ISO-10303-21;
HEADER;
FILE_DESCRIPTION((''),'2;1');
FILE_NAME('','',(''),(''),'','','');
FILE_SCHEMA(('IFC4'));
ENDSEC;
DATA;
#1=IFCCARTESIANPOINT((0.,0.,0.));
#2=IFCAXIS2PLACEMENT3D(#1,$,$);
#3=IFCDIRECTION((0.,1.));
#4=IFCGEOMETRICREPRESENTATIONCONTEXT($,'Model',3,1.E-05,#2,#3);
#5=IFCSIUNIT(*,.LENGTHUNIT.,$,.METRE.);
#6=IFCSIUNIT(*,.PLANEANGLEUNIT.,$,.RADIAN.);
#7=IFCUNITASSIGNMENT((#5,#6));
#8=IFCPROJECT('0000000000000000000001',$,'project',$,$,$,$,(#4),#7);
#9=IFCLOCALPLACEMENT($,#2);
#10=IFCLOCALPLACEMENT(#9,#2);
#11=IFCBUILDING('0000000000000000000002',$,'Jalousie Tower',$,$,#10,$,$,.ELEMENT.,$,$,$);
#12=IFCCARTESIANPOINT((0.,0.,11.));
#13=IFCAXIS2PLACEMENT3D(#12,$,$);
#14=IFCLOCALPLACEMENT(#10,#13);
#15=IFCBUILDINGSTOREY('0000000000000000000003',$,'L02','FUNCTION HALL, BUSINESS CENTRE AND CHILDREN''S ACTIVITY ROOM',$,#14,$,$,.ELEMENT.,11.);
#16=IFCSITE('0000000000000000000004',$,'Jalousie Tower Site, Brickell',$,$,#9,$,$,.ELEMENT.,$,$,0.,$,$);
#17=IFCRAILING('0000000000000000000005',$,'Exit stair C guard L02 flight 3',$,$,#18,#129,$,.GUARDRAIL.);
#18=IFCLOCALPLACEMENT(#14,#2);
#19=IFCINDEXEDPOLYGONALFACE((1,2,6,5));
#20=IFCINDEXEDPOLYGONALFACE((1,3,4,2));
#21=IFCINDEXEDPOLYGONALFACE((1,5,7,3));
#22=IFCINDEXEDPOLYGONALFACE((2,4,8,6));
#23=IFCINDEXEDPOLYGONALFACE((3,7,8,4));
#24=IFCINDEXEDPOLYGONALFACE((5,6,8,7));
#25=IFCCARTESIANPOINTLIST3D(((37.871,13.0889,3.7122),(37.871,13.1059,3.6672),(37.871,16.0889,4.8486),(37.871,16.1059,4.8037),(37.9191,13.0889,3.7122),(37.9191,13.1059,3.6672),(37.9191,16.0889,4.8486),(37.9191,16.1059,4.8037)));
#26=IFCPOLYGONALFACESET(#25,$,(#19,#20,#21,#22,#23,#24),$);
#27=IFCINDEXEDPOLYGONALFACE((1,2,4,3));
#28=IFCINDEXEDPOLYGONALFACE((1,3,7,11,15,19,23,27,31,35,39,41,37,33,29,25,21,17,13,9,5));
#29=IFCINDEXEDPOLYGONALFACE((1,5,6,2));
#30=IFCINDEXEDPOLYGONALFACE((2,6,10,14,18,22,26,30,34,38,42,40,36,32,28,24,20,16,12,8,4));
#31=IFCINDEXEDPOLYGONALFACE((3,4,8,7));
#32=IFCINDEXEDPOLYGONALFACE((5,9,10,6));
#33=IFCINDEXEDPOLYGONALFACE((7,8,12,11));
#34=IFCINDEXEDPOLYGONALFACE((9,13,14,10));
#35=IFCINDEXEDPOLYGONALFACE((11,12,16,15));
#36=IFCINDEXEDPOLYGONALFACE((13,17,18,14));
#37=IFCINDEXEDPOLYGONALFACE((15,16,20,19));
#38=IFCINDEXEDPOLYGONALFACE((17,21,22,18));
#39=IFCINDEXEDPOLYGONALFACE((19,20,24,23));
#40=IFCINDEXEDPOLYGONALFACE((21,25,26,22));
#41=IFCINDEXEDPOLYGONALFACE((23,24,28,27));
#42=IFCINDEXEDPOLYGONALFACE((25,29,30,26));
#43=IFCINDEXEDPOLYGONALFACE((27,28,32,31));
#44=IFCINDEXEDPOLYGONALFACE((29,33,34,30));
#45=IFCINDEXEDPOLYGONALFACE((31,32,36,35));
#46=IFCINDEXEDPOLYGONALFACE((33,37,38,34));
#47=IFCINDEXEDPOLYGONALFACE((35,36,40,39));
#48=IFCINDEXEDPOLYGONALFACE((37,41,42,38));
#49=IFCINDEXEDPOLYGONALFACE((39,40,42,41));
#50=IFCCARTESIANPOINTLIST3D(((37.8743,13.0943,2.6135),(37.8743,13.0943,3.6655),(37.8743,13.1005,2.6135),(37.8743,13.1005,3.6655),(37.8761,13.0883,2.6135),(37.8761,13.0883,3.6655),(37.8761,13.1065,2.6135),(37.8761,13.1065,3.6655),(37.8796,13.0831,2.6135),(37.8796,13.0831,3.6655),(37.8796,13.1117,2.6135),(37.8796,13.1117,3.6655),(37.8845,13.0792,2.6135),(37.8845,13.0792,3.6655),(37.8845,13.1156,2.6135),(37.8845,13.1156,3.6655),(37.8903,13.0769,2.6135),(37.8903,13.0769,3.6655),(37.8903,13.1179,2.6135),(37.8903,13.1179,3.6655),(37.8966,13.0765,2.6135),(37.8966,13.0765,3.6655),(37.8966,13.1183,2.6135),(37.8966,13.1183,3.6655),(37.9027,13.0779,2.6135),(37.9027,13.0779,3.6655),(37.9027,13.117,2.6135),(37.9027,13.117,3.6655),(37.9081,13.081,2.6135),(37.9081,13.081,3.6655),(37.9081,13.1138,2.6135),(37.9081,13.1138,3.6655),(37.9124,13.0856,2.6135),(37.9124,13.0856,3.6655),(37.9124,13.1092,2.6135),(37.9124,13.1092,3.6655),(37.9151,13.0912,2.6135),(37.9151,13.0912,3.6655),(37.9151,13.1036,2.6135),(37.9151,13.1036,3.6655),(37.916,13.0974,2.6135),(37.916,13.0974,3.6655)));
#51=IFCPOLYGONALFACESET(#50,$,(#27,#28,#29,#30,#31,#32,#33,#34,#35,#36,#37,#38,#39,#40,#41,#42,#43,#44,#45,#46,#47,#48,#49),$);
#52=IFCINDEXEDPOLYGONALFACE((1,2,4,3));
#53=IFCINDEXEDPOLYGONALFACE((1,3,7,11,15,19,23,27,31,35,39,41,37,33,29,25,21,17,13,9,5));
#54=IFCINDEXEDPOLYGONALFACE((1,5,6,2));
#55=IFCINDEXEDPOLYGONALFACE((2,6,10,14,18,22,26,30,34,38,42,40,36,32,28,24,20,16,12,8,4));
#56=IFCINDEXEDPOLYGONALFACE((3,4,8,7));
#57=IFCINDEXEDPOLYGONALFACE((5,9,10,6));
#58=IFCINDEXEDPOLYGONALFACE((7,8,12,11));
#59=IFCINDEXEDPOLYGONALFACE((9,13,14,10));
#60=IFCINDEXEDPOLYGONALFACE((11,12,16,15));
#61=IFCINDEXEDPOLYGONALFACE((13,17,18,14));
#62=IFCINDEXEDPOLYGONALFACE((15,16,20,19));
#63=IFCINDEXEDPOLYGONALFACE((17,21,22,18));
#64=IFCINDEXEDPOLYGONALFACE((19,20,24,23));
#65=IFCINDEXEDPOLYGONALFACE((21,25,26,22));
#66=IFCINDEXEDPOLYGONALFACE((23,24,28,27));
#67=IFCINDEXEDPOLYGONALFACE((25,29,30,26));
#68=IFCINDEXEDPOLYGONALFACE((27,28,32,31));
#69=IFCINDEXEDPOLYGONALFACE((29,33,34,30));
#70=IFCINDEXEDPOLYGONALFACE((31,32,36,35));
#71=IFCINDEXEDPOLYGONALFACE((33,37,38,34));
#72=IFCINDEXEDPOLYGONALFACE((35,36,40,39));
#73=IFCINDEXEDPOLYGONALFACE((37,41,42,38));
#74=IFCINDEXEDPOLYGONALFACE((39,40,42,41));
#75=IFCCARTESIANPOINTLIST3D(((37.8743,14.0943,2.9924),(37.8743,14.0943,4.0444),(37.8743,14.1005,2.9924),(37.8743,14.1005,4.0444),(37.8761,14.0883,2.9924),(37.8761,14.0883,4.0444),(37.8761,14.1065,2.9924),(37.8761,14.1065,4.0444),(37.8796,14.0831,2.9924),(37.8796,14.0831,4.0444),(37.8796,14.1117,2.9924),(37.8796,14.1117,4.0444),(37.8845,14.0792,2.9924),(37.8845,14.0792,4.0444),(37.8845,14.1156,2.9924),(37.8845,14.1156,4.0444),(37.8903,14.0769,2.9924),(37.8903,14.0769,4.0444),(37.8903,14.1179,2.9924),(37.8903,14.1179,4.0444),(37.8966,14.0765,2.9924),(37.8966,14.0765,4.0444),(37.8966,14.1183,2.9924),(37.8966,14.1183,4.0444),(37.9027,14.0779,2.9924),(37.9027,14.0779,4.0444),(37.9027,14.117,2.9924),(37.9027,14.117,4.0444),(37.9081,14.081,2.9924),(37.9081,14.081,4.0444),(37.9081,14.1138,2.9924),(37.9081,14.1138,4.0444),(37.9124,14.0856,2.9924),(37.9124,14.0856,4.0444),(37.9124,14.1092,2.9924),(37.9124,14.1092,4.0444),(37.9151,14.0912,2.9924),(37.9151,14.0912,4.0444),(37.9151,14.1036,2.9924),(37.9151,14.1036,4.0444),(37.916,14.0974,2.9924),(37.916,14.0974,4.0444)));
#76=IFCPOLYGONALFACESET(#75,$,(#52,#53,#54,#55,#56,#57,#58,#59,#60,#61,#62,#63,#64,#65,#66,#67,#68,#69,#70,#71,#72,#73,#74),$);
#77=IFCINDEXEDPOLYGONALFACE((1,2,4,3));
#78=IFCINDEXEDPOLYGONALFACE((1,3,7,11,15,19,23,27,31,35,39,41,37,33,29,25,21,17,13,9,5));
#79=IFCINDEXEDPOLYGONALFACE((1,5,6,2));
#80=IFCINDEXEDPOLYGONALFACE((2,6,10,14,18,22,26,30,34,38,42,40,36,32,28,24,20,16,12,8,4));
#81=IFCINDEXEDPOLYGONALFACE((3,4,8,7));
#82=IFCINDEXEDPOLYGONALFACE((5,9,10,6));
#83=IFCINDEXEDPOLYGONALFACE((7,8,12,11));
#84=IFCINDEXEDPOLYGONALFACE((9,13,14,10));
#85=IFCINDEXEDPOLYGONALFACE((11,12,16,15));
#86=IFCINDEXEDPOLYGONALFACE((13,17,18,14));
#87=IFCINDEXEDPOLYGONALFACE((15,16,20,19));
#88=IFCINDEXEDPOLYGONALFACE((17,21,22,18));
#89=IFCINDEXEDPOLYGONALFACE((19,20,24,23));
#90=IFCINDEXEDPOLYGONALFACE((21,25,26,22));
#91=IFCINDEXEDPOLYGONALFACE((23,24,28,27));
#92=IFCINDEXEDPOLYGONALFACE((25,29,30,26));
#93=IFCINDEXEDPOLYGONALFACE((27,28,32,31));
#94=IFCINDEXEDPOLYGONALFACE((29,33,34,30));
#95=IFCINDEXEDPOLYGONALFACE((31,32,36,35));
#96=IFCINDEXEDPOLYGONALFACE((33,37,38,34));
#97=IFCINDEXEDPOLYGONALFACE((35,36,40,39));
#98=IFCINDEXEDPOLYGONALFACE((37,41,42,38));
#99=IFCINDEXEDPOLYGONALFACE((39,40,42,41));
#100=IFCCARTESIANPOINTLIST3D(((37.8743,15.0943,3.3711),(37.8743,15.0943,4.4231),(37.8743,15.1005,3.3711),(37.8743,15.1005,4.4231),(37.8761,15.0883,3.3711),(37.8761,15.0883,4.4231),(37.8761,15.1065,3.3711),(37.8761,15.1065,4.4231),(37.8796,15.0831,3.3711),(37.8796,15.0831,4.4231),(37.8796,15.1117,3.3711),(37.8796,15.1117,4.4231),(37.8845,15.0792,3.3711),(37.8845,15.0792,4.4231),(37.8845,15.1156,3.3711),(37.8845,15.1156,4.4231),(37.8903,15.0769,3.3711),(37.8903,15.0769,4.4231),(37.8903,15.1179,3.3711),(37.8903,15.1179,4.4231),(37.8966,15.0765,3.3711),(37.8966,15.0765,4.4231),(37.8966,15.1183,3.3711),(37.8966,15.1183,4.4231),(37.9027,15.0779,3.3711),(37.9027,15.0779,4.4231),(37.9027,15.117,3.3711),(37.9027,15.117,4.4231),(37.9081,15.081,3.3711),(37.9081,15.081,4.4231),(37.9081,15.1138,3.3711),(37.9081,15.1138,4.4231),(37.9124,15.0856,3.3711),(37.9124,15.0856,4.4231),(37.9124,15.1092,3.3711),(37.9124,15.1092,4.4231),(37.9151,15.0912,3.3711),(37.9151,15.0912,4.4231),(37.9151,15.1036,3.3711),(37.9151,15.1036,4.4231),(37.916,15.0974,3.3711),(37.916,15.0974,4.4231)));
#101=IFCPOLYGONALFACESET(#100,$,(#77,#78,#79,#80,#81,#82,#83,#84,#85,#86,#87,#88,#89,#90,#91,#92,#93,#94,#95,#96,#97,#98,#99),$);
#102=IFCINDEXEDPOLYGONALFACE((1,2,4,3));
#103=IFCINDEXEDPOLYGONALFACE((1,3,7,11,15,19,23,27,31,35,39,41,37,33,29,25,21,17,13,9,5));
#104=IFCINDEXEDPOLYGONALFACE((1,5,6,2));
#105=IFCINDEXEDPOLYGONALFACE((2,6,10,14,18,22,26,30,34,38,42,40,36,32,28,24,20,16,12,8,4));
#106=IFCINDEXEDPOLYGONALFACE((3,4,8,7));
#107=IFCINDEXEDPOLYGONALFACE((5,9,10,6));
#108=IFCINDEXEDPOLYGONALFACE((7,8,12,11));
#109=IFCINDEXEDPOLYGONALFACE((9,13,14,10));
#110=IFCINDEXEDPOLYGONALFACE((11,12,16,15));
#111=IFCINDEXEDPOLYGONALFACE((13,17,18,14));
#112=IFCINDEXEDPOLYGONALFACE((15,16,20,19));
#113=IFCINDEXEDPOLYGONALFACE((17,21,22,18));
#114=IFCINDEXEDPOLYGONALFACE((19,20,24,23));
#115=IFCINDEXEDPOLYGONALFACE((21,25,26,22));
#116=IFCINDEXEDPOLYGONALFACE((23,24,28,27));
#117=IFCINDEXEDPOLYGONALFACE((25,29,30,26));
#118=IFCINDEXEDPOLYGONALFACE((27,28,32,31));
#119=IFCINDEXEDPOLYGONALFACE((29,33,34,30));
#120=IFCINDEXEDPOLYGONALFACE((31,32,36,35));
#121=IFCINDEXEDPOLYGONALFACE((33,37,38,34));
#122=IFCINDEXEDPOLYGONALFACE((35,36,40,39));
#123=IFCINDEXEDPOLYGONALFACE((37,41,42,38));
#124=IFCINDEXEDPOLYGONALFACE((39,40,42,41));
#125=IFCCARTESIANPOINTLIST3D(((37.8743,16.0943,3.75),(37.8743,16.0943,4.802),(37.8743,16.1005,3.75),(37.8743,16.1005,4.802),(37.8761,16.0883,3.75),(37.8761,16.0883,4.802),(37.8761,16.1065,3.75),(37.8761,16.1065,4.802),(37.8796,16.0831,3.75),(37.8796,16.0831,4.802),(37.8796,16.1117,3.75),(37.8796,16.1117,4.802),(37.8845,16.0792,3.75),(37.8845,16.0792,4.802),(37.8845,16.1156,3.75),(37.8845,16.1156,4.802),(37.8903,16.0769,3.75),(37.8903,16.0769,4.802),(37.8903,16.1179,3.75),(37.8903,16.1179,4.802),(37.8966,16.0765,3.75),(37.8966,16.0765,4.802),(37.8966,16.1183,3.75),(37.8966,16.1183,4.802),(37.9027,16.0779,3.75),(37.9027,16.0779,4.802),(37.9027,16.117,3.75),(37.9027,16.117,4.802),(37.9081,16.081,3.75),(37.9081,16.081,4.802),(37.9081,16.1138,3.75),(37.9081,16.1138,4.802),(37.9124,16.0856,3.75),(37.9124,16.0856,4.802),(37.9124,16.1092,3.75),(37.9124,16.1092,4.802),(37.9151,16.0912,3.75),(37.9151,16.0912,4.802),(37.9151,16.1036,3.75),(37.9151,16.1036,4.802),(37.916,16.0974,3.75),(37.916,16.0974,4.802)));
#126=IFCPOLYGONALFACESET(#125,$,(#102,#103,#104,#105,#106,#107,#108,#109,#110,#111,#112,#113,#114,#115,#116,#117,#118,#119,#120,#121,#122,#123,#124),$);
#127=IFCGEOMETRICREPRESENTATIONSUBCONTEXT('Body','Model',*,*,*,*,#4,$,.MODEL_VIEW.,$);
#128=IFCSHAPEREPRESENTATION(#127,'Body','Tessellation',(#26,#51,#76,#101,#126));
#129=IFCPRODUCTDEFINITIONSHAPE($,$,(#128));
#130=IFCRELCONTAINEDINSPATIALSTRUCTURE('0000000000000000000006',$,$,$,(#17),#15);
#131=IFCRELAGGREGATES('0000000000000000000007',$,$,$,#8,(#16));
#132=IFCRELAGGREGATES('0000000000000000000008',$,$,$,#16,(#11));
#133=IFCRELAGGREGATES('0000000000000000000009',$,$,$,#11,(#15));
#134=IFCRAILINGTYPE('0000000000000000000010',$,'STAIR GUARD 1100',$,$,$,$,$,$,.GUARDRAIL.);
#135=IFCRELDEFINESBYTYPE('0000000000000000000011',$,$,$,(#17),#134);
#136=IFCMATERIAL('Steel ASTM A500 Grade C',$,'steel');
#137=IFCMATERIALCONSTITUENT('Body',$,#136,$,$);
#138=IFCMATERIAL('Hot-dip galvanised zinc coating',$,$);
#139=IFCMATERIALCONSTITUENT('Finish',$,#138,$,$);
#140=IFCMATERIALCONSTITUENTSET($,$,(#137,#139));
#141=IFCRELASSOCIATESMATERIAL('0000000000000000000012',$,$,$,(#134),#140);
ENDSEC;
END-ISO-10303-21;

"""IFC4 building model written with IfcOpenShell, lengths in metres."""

from ifc_helpers import new_model, si_unit, direction, frame, origin, origin_2d, place, context, subcontext, project, spatial, rectangle, circle, extrude, material, constituent, constituent_set, type_object, element, save


model = new_model("IFC4")

# Units and contexts
model_context = context("Model", 3, precision=1e-05, world=origin(), true_north=direction((0.0, 1.0)))
body_context = subcontext(model_context, "Body", "Model", "MODEL_VIEW")
ifc_project = project(units=[si_unit("LENGTHUNIT", "METRE"), si_unit("PLANEANGLEUNIT", "RADIAN")], contexts=[model_context])

# Site, building, storey
site_placement = place(None, origin())
site = spatial("IfcSite", under=ifc_project, at=site_placement, Name="Jalousie Tower Site, Brickell", CompositionType="ELEMENT", RefElevation=0.0)
building_placement = place(site_placement, origin())
building = spatial("IfcBuilding", under=site, at=building_placement, Name="Jalousie Tower", CompositionType="ELEMENT")
storey_placement = place(building_placement, frame((0.0, 0.0, 11.0)))
storey = spatial("IfcBuildingStorey", under=building, at=storey_placement, Name="L02", Description="FUNCTION HALL, BUSINESS CENTRE AND CHILDREN'S ACTIVITY ROOM", CompositionType="ELEMENT", Elevation=11.0)

# Railing
ifc_material_1 = material(Name="Steel ASTM A500 Grade C", Category="steel")
ifc_constituent_1 = constituent(ifc_material_1, Name="Body")
ifc_material_2 = material(Name="Hot-dip galvanised zinc coating")
ifc_constituent_2 = constituent(ifc_material_2, Name="Finish")
ifc_constituent_set_1 = constituent_set(constituents=[ifc_constituent_1, ifc_constituent_2])
railing_type_1 = type_object("IfcRailingType", Name="STAIR GUARD 1100", PredefinedType="GUARDRAIL", material=ifc_constituent_set_1)
railing_1_placement = place(storey_placement, frame((37.895, 13.0974, 2.6135)))
element("IfcRailing", 1, at=railing_1_placement, inside=storey, type_object=railing_type_1, Name="Exit stair C guard L02 flight 3", PredefinedType="GUARDRAIL", context=body_context, shape_type="SweptSolid", body=[
    extrude(rectangle(XDim=0.0481, YDim=0.0481, at=origin_2d()), frame((0.0, 0.0, 1.0762), z_axis=(0.0, 0.935148, 0.354257), x_axis=(-1.0, 0.0, 0.0)), (0.0, 0.0, 1.0), 3.208),
    extrude(circle(Radius=0.021, at=origin_2d()), origin(), (0.0, 0.0, 1.0), 1.052),
    extrude(circle(Radius=0.021, at=origin_2d()), frame((0.0, 1.0, 0.3789)), (0.0, 0.0, 1.0), 1.052),
    extrude(circle(Radius=0.021, at=origin_2d()), frame((0.0, 2.0, 0.7576)), (0.0, 0.0, 1.0), 1.052),
    extrude(circle(Radius=0.021, at=origin_2d()), frame((0.0, 3.0, 1.1365)), (0.0, 0.0, 1.0), 1.052),
])

save(model, "model.ifc")
